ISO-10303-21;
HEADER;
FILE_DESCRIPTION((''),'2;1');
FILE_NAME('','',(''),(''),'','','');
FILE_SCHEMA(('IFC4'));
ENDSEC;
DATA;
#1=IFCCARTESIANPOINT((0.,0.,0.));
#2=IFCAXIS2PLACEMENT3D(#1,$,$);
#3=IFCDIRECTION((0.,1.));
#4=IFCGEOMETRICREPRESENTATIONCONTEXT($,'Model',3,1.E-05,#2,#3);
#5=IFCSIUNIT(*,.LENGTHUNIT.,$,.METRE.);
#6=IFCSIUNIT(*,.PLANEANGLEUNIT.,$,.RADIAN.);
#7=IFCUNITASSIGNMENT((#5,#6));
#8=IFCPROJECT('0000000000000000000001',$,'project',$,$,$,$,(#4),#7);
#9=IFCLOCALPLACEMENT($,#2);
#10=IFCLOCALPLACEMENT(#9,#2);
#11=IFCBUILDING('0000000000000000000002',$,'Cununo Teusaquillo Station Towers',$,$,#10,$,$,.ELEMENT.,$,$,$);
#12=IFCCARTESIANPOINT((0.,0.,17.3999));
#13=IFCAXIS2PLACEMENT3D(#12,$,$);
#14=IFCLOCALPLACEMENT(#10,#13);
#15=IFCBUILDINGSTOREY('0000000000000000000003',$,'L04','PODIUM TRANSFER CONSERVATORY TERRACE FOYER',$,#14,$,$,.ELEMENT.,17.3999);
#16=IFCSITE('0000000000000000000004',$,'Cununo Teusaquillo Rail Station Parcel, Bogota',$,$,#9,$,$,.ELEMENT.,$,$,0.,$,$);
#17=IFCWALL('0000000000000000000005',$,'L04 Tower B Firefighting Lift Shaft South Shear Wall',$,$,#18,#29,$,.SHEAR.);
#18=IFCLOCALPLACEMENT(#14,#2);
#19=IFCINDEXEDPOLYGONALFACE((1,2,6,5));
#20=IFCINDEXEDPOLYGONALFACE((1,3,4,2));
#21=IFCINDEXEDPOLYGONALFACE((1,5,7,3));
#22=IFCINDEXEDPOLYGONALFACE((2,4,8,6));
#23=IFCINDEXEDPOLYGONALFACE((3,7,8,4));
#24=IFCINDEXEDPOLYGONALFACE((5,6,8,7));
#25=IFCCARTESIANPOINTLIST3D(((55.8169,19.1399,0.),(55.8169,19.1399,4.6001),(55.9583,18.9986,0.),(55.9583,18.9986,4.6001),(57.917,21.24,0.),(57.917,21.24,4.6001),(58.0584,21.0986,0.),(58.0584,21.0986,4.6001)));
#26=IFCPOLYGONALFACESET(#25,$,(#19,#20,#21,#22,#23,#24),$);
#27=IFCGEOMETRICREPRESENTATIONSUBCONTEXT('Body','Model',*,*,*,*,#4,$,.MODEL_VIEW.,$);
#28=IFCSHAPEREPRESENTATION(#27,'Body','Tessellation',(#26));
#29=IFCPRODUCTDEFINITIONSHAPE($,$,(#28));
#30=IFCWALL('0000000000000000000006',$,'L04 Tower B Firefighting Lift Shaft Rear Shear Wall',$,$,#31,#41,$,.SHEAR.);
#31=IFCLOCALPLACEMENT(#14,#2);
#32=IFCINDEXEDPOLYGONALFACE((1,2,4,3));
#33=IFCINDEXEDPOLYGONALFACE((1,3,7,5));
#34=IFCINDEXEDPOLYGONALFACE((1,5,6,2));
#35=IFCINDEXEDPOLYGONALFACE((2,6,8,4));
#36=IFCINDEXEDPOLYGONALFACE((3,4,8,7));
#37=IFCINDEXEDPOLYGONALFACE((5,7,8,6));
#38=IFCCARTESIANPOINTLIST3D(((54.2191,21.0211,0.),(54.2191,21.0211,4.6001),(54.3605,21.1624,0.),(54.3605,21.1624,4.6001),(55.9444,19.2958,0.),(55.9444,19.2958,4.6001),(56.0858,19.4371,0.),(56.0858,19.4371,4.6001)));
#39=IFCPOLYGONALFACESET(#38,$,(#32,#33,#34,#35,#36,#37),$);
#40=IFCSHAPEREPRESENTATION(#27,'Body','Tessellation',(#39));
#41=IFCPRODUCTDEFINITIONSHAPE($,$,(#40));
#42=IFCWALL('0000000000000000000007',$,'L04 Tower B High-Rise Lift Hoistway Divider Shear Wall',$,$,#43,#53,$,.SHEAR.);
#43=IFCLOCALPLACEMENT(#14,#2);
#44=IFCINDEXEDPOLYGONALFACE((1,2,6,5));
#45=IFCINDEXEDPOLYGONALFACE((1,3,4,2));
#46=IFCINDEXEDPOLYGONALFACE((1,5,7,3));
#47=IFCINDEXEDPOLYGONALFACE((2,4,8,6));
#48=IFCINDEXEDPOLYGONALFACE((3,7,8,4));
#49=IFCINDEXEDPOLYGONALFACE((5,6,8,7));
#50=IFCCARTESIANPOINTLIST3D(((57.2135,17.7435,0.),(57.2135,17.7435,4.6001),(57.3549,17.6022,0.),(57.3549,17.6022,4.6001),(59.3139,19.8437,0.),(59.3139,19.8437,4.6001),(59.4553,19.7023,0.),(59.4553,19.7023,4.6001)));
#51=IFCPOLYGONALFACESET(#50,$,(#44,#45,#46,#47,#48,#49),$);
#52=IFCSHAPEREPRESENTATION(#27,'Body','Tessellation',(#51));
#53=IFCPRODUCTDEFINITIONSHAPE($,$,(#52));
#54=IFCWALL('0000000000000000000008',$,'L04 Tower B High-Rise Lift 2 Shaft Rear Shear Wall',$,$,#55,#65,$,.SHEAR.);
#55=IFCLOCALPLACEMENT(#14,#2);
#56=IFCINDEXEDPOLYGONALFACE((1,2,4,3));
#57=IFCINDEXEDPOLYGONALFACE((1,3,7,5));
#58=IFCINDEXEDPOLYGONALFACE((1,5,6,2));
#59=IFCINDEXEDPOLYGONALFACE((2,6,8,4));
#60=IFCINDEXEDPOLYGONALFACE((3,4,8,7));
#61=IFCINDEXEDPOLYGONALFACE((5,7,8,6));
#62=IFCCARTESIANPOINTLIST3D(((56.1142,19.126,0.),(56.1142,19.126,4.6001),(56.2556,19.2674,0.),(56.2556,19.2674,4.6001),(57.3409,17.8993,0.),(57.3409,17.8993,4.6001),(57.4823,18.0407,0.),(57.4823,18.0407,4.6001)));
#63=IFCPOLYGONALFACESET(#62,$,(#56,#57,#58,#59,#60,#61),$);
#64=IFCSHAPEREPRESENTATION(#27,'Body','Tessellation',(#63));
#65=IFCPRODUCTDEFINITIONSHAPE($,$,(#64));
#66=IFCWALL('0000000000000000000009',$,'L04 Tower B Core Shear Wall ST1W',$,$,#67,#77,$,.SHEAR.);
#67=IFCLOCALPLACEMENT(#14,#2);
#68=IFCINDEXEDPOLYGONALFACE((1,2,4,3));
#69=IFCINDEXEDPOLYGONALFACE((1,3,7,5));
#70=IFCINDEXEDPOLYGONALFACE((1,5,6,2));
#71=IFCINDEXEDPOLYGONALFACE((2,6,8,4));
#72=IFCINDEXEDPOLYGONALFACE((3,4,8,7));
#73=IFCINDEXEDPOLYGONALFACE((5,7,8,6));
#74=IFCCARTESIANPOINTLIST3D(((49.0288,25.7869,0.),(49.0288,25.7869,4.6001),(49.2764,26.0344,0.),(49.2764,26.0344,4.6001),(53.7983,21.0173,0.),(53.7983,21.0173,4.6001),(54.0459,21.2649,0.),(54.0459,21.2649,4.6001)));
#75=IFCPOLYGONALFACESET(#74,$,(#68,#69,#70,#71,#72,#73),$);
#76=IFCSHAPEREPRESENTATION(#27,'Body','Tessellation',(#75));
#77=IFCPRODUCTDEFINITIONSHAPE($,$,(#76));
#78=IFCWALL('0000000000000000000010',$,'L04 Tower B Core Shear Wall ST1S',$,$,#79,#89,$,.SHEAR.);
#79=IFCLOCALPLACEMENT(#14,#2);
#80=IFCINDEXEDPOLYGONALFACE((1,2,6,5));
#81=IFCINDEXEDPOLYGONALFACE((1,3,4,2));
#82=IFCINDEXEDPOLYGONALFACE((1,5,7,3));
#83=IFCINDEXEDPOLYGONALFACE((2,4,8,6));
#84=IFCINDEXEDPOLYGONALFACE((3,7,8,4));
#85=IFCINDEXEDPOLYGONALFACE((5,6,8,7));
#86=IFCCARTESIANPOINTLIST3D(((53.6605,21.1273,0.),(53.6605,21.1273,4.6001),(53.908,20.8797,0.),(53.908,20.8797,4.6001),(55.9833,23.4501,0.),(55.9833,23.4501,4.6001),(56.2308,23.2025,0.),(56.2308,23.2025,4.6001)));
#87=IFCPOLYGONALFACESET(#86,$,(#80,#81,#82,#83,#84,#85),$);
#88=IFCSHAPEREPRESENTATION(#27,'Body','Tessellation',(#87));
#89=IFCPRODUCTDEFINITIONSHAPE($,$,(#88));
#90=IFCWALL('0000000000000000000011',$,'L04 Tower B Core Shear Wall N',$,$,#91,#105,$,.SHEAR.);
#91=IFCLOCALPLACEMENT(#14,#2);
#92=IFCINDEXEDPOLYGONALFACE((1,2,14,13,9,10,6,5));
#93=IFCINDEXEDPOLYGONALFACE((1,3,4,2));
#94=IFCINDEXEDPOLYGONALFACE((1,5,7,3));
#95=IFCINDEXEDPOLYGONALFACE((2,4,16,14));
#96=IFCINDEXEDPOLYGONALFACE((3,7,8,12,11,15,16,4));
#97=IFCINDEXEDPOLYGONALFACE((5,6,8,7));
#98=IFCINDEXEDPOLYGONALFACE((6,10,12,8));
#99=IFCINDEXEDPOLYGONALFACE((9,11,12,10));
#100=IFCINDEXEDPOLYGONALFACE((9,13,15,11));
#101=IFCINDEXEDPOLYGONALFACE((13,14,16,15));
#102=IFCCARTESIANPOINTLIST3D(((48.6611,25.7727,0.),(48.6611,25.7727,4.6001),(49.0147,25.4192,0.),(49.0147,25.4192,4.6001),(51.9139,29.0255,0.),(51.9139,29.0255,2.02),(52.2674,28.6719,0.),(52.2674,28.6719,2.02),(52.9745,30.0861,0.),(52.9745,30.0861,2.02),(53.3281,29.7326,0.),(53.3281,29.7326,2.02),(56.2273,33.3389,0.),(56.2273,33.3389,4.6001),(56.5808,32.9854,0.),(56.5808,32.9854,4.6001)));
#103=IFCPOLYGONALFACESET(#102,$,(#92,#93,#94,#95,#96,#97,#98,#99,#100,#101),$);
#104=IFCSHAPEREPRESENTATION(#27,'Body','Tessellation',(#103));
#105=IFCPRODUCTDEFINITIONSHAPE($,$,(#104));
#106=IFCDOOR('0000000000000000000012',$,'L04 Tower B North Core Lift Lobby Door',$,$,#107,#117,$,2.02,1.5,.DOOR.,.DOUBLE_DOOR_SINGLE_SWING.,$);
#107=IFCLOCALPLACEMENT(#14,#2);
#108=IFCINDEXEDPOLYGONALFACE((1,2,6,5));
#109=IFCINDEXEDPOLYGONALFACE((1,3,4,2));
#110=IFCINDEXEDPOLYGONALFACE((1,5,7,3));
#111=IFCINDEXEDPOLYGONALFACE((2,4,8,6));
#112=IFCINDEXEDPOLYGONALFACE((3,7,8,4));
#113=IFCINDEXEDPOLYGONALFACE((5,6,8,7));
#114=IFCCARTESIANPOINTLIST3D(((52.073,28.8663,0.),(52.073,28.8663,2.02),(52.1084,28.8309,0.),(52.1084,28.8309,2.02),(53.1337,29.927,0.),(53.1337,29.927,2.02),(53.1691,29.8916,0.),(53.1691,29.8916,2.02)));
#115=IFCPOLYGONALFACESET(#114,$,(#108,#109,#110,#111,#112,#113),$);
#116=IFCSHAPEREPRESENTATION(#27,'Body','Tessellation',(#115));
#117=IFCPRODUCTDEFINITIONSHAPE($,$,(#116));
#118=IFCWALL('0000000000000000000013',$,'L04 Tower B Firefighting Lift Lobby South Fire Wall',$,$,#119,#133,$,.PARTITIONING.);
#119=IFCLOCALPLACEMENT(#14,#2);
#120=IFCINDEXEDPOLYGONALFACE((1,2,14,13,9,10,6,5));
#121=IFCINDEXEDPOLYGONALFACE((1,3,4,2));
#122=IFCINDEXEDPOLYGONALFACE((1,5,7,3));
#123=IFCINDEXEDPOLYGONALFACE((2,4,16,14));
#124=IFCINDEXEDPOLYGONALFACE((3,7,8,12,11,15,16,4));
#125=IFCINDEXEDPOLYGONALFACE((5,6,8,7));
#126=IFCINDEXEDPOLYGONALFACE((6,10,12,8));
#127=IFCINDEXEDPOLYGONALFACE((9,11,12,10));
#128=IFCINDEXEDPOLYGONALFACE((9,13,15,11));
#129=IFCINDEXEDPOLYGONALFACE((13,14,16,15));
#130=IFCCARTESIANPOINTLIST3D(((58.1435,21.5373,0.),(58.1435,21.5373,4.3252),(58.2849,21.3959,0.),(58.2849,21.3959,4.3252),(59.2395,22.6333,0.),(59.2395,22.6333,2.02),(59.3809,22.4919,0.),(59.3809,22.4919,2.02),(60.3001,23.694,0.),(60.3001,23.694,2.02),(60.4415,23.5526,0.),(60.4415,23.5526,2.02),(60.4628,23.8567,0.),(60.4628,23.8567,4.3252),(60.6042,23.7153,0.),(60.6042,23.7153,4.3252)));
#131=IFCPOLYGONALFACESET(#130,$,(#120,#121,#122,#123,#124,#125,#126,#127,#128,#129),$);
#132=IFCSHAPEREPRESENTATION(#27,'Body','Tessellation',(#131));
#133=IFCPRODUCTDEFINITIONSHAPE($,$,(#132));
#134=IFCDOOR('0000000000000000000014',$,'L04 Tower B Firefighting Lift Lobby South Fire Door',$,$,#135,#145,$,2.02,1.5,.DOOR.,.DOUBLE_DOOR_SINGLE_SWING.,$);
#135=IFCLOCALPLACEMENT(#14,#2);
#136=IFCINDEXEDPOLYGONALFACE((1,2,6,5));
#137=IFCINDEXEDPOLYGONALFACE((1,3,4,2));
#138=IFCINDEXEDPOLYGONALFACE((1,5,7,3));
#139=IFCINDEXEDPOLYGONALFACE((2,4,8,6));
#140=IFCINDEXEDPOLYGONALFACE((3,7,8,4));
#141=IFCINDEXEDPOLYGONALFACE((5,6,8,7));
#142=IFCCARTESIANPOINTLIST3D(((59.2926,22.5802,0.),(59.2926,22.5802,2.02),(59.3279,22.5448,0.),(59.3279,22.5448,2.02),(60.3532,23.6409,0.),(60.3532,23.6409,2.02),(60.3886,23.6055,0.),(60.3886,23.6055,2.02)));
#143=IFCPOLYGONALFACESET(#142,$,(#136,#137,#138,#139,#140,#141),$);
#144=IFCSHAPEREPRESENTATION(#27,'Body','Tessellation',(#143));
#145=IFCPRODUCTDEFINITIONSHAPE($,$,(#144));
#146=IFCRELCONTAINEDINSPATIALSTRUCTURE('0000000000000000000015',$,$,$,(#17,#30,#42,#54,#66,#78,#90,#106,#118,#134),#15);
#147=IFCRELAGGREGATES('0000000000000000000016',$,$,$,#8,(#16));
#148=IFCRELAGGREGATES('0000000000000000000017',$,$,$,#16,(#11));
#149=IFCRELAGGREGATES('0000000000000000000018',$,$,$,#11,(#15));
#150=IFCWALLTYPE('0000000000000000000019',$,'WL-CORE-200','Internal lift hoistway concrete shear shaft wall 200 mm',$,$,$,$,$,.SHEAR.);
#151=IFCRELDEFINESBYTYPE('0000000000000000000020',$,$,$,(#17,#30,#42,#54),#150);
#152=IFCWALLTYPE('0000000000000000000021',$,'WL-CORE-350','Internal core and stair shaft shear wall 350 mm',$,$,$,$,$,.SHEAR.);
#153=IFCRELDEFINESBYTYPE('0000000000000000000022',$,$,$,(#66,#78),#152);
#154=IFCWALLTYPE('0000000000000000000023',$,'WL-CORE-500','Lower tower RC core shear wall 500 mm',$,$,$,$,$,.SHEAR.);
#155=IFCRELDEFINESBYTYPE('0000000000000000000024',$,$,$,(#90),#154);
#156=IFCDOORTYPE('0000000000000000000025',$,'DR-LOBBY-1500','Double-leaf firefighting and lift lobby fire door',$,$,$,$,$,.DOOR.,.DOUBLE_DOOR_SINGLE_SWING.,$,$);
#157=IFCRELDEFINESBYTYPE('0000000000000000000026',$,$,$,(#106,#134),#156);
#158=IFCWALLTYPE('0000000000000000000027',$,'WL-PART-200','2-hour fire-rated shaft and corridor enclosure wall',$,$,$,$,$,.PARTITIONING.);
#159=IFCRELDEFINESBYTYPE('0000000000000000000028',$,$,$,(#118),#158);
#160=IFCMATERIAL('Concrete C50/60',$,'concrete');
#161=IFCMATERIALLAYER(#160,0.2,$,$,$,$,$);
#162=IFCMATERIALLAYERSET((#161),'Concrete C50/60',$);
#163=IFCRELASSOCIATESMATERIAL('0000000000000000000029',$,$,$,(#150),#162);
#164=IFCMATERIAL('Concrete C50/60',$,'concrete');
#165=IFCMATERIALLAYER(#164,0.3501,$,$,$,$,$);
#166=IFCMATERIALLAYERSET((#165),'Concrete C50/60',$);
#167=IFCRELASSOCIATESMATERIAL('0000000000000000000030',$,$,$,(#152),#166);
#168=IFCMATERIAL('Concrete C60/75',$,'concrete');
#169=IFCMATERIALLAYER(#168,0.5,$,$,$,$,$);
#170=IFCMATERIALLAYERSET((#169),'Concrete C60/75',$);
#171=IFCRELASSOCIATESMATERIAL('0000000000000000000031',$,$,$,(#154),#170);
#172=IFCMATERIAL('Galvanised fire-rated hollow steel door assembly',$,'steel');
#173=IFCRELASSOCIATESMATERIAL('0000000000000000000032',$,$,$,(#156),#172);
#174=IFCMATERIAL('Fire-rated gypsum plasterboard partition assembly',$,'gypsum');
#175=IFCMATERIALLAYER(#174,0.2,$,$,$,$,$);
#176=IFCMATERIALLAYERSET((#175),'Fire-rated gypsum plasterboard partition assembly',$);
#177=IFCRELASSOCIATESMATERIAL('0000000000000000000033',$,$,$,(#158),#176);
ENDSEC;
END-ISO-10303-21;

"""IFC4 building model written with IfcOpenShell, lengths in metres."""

from ifc_helpers import new_model, si_unit, direction, frame, frame_2d, origin, place, context, subcontext, project, spatial, rectangle, extrude, source, transform, mapped, material, layer, layer_set, type_object, element, fill, save


model = new_model("IFC4")

# Units and contexts
model_context = context("Model", 3, precision=1e-05, world=origin(), true_north=direction((0.0, 1.0)))
body_context = subcontext(model_context, "Body", "Model", "MODEL_VIEW")
ifc_project = project(units=[si_unit("LENGTHUNIT", "METRE"), si_unit("PLANEANGLEUNIT", "RADIAN")], contexts=[model_context])

# Site, building, storey
site_placement = place(None, origin())
site = spatial("IfcSite", under=ifc_project, at=site_placement, Name="Cununo Teusaquillo Rail Station Parcel, Bogota", CompositionType="ELEMENT", RefElevation=0.0)
building_placement = place(site_placement, origin())
building = spatial("IfcBuilding", under=site, at=building_placement, Name="Cununo Teusaquillo Station Towers", CompositionType="ELEMENT")
storey_placement = place(building_placement, frame((0.0, 0.0, 17.3999)))
storey = spatial("IfcBuildingStorey", under=building, at=storey_placement, Name="L04", Description="PODIUM TRANSFER CONSERVATORY TERRACE FOYER", CompositionType="ELEMENT", Elevation=17.3999)

# Walls
ifc_material_1 = material(Name="Concrete C50/60", Category="concrete")
ifc_layer_1 = layer(ifc_material_1, 0.2)
ifc_layer_set_1 = layer_set([ifc_layer_1], Name="Concrete C50/60")
wall_type_1 = type_object("IfcWallType", Name="WL-CORE-200", Description="Internal lift hoistway concrete shear shaft wall 200 mm", PredefinedType="SHEAR", material=ifc_layer_set_1)
wall_1_placement = place(storey_placement, frame((55.8877, 19.0693, 0.0), z_axis=(0.0, 0.0, 1.0), x_axis=(0.707107, 0.707107, 0.0)))
element("IfcWall", 1, at=wall_1_placement, inside=storey, type_object=wall_type_1, Name="L04 Tower B Firefighting Lift Shaft South Shear Wall", PredefinedType="SHEAR", context=body_context, shape_type="SweptSolid", body=[
    extrude(rectangle(XDim=2.97, YDim=0.2, at=frame_2d((1.4849, 0.0))), origin(), (0.0, 0.0, 1.0), 4.6001),
])
wall_2_placement = place(storey_placement, frame((56.0151, 19.3665, 0.0), z_axis=(0.0, 0.0, 1.0), x_axis=(-0.707107, 0.707107, 0.0)))
element("IfcWall", 2, at=wall_2_placement, inside=storey, type_object=wall_type_1, Name="L04 Tower B Firefighting Lift Shaft Rear Shear Wall", PredefinedType="SHEAR", context=body_context, shape_type="SweptSolid", body=[
    extrude(rectangle(XDim=2.4399, YDim=0.2, at=frame_2d((1.22, 0.0))), origin(), (0.0, 0.0, 1.0), 4.6001),
])
wall_3_placement = place(storey_placement, frame((57.2842, 17.6729, 0.0), z_axis=(0.0, 0.0, 1.0), x_axis=(0.707148, 0.707066, 0.0)))
element("IfcWall", 3, at=wall_3_placement, inside=storey, type_object=wall_type_1, Name="L04 Tower B High-Rise Lift Hoistway Divider Shear Wall", PredefinedType="SHEAR", context=body_context, shape_type="SweptSolid", body=[
    extrude(rectangle(XDim=2.9702, YDim=0.2, at=frame_2d((1.4851, 0.0))), origin(), (0.0, 0.0, 1.0), 4.6001),
])
wall_4_placement = place(storey_placement, frame((57.4116, 17.97, 0.0), z_axis=(0.0, 0.0, 1.0), x_axis=(-0.707107, 0.707107, 0.0)))
element("IfcWall", 4, at=wall_4_placement, inside=storey, type_object=wall_type_1, Name="L04 Tower B High-Rise Lift 2 Shaft Rear Shear Wall", PredefinedType="SHEAR", context=body_context, shape_type="SweptSolid", body=[
    extrude(rectangle(XDim=1.7349, YDim=0.2, at=frame_2d((0.8674, 0.0))), origin(), (0.0, 0.0, 1.0), 4.6001),
])
ifc_material_2 = material(Name="Concrete C50/60", Category="concrete")
ifc_layer_2 = layer(ifc_material_2, 0.3501)
ifc_layer_set_2 = layer_set([ifc_layer_2], Name="Concrete C50/60")
wall_type_2 = type_object("IfcWallType", Name="WL-CORE-350", Description="Internal core and stair shaft shear wall 350 mm", PredefinedType="SHEAR", material=ifc_layer_set_2)
wall_5_placement = place(storey_placement, frame((53.9221, 21.1411, 0.0), z_axis=(0.0, 0.0, 1.0), x_axis=(-0.707107, 0.707107, 0.0)))
element("IfcWall", 5, at=wall_5_placement, inside=storey, type_object=wall_type_2, Name="L04 Tower B Core Shear Wall ST1W", PredefinedType="SHEAR", context=body_context, shape_type="SweptSolid", body=[
    extrude(rectangle(XDim=6.7451, YDim=0.3501, at=frame_2d((3.3726, 0.0))), origin(), (0.0, 0.0, 1.0), 4.6001),
])
wall_6_placement = place(storey_placement, frame((53.7842, 21.0034, 0.0), z_axis=(0.0, 0.0, 1.0), x_axis=(0.707107, 0.707107, 0.0)))
element("IfcWall", 6, at=wall_6_placement, inside=storey, type_object=wall_type_2, Name="L04 Tower B Core Shear Wall ST1S", PredefinedType="SHEAR", context=body_context, shape_type="SweptSolid", body=[
    extrude(rectangle(XDim=3.2849, YDim=0.3501, at=frame_2d((1.6426, 0.0))), origin(), (0.0, 0.0, 1.0), 4.6001),
])

# Walls, openings, doors
ifc_material_3 = material(Name="Concrete C60/75", Category="concrete")
ifc_layer_3 = layer(ifc_material_3, 0.5)
ifc_layer_set_3 = layer_set([ifc_layer_3], Name="Concrete C60/75")
wall_type_3 = type_object("IfcWallType", Name="WL-CORE-500", Description="Lower tower RC core shear wall 500 mm", PredefinedType="SHEAR", material=ifc_layer_set_3)
wall_7_placement = place(storey_placement, frame((48.8379, 25.5959, 0.0), z_axis=(0.0, 0.0, 1.0), x_axis=(0.707107, 0.707107, 0.0)))
wall_7 = element("IfcWall", 7, at=wall_7_placement, inside=storey, type_object=wall_type_3, Name="L04 Tower B Core Shear Wall N", PredefinedType="SHEAR", context=body_context, shape_type="SweptSolid", body=[
    extrude(rectangle(XDim=10.7002, YDim=0.5, at=frame_2d((5.3501, 0.0))), origin(), (0.0, 0.0, 1.0), 4.6001),
])
shared_shape_1 = source(origin(), body_context, "Body", "SweptSolid", [
    extrude(rectangle(XDim=1.5, YDim=2.02, at=frame_2d((0.75, 1.01))), frame((0.0, 0.26, 0.0), z_axis=(0.0, -1.0, 0.0), x_axis=(1.0, 0.0, 0.0)), (0.0, 0.0, 1.0), 0.52),
])
opening_1_placement = place(wall_7_placement, frame((4.6001, 0.0, 0.0)))
opening_1 = element("IfcOpeningElement", 8, at=opening_1_placement, cuts=wall_7, PredefinedType="OPENING", context=body_context, shape_type="MappedRepresentation", body=[
    mapped(shared_shape_1, transform((0.0, 0.0, 0.0), x_axis=(1.0, 0.0, 0.0), y_axis=(0.0, 1.0, 0.0), z_axis=(0.0, 0.0, 1.0), scale=1.0)),
])
ifc_material_4 = material(Name="Galvanised fire-rated hollow steel door assembly", Category="steel")
door_type_1 = type_object("IfcDoorType", Name="DR-LOBBY-1500", Description="Double-leaf firefighting and lift lobby fire door", OperationType="DOUBLE_DOOR_SINGLE_SWING", PredefinedType="DOOR", material=ifc_material_4)
shared_shape_2 = source(origin(), body_context, "Body", "SweptSolid", [
    extrude(rectangle(XDim=1.5, YDim=2.02, at=frame_2d((0.75, 1.01))), frame((0.0, 0.0249, 0.0), z_axis=(0.0, -1.0, 0.0), x_axis=(1.0, 0.0, 0.0)), (0.0, 0.0, 1.0), 0.05),
])
door_1_placement = place(opening_1_placement, origin())
door_1 = element("IfcDoor", 9, at=door_1_placement, inside=storey, type_object=door_type_1, Name="L04 Tower B North Core Lift Lobby Door", OperationType="DOUBLE_DOOR_SINGLE_SWING", OverallHeight=2.02, OverallWidth=1.5, PredefinedType="DOOR", context=body_context, shape_type="MappedRepresentation", body=[
    mapped(shared_shape_2, transform((0.0, 0.0, 0.0), x_axis=(1.0, 0.0, 0.0), y_axis=(0.0, 1.0, 0.0), z_axis=(0.0, 0.0, 1.0), scale=1.0)),
])
fill(opening_1, door_1)
ifc_material_5 = material(Name="Fire-rated gypsum plasterboard partition assembly", Category="gypsum")
ifc_layer_4 = layer(ifc_material_5, 0.2)
ifc_layer_set_4 = layer_set([ifc_layer_4], Name="Fire-rated gypsum plasterboard partition assembly")
wall_type_4 = type_object("IfcWallType", Name="WL-PART-200", Description="2-hour fire-rated shaft and corridor enclosure wall", PredefinedType="PARTITIONING", material=ifc_layer_set_4)
wall_8_placement = place(storey_placement, frame((58.2141, 21.4666, 0.0), z_axis=(0.0, 0.0, 1.0), x_axis=(0.707107, 0.707107, 0.0)))
wall_8 = element("IfcWall", 10, at=wall_8_placement, inside=storey, type_object=wall_type_4, Name="L04 Tower B Firefighting Lift Lobby South Fire Wall", PredefinedType="PARTITIONING", context=body_context, shape_type="SweptSolid", body=[
    extrude(rectangle(XDim=3.28, YDim=0.2, at=frame_2d((1.6401, 0.0))), origin(), (0.0, 0.0, 1.0), 4.3252),
])
shared_shape_3 = source(origin(), body_context, "Body", "SweptSolid", [
    extrude(rectangle(XDim=1.5, YDim=2.02, at=frame_2d((0.75, 1.01))), frame((0.0, 0.1099, 0.0), z_axis=(0.0, -1.0, 0.0), x_axis=(1.0, 0.0, 0.0)), (0.0, 0.0, 1.0), 0.22),
])
opening_2_placement = place(wall_8_placement, frame((1.55, 0.0, 0.0)))
opening_2 = element("IfcOpeningElement", 11, at=opening_2_placement, cuts=wall_8, PredefinedType="OPENING", context=body_context, shape_type="MappedRepresentation", body=[
    mapped(shared_shape_3, transform((0.0, 0.0, 0.0), x_axis=(1.0, 0.0, 0.0), y_axis=(0.0, 1.0, 0.0), z_axis=(0.0, 0.0, 1.0), scale=1.0)),
])
door_2_placement = place(opening_2_placement, origin())
door_2 = element("IfcDoor", 12, at=door_2_placement, inside=storey, type_object=door_type_1, Name="L04 Tower B Firefighting Lift Lobby South Fire Door", OperationType="DOUBLE_DOOR_SINGLE_SWING", OverallHeight=2.02, OverallWidth=1.5, PredefinedType="DOOR", context=body_context, shape_type="MappedRepresentation", body=[
    mapped(shared_shape_2, transform((0.0, 0.0, 0.0), x_axis=(1.0, 0.0, 0.0), y_axis=(0.0, 1.0, 0.0), z_axis=(0.0, 0.0, 1.0), scale=1.0)),
])
fill(opening_2, door_2)

save(model, "model.ifc")
